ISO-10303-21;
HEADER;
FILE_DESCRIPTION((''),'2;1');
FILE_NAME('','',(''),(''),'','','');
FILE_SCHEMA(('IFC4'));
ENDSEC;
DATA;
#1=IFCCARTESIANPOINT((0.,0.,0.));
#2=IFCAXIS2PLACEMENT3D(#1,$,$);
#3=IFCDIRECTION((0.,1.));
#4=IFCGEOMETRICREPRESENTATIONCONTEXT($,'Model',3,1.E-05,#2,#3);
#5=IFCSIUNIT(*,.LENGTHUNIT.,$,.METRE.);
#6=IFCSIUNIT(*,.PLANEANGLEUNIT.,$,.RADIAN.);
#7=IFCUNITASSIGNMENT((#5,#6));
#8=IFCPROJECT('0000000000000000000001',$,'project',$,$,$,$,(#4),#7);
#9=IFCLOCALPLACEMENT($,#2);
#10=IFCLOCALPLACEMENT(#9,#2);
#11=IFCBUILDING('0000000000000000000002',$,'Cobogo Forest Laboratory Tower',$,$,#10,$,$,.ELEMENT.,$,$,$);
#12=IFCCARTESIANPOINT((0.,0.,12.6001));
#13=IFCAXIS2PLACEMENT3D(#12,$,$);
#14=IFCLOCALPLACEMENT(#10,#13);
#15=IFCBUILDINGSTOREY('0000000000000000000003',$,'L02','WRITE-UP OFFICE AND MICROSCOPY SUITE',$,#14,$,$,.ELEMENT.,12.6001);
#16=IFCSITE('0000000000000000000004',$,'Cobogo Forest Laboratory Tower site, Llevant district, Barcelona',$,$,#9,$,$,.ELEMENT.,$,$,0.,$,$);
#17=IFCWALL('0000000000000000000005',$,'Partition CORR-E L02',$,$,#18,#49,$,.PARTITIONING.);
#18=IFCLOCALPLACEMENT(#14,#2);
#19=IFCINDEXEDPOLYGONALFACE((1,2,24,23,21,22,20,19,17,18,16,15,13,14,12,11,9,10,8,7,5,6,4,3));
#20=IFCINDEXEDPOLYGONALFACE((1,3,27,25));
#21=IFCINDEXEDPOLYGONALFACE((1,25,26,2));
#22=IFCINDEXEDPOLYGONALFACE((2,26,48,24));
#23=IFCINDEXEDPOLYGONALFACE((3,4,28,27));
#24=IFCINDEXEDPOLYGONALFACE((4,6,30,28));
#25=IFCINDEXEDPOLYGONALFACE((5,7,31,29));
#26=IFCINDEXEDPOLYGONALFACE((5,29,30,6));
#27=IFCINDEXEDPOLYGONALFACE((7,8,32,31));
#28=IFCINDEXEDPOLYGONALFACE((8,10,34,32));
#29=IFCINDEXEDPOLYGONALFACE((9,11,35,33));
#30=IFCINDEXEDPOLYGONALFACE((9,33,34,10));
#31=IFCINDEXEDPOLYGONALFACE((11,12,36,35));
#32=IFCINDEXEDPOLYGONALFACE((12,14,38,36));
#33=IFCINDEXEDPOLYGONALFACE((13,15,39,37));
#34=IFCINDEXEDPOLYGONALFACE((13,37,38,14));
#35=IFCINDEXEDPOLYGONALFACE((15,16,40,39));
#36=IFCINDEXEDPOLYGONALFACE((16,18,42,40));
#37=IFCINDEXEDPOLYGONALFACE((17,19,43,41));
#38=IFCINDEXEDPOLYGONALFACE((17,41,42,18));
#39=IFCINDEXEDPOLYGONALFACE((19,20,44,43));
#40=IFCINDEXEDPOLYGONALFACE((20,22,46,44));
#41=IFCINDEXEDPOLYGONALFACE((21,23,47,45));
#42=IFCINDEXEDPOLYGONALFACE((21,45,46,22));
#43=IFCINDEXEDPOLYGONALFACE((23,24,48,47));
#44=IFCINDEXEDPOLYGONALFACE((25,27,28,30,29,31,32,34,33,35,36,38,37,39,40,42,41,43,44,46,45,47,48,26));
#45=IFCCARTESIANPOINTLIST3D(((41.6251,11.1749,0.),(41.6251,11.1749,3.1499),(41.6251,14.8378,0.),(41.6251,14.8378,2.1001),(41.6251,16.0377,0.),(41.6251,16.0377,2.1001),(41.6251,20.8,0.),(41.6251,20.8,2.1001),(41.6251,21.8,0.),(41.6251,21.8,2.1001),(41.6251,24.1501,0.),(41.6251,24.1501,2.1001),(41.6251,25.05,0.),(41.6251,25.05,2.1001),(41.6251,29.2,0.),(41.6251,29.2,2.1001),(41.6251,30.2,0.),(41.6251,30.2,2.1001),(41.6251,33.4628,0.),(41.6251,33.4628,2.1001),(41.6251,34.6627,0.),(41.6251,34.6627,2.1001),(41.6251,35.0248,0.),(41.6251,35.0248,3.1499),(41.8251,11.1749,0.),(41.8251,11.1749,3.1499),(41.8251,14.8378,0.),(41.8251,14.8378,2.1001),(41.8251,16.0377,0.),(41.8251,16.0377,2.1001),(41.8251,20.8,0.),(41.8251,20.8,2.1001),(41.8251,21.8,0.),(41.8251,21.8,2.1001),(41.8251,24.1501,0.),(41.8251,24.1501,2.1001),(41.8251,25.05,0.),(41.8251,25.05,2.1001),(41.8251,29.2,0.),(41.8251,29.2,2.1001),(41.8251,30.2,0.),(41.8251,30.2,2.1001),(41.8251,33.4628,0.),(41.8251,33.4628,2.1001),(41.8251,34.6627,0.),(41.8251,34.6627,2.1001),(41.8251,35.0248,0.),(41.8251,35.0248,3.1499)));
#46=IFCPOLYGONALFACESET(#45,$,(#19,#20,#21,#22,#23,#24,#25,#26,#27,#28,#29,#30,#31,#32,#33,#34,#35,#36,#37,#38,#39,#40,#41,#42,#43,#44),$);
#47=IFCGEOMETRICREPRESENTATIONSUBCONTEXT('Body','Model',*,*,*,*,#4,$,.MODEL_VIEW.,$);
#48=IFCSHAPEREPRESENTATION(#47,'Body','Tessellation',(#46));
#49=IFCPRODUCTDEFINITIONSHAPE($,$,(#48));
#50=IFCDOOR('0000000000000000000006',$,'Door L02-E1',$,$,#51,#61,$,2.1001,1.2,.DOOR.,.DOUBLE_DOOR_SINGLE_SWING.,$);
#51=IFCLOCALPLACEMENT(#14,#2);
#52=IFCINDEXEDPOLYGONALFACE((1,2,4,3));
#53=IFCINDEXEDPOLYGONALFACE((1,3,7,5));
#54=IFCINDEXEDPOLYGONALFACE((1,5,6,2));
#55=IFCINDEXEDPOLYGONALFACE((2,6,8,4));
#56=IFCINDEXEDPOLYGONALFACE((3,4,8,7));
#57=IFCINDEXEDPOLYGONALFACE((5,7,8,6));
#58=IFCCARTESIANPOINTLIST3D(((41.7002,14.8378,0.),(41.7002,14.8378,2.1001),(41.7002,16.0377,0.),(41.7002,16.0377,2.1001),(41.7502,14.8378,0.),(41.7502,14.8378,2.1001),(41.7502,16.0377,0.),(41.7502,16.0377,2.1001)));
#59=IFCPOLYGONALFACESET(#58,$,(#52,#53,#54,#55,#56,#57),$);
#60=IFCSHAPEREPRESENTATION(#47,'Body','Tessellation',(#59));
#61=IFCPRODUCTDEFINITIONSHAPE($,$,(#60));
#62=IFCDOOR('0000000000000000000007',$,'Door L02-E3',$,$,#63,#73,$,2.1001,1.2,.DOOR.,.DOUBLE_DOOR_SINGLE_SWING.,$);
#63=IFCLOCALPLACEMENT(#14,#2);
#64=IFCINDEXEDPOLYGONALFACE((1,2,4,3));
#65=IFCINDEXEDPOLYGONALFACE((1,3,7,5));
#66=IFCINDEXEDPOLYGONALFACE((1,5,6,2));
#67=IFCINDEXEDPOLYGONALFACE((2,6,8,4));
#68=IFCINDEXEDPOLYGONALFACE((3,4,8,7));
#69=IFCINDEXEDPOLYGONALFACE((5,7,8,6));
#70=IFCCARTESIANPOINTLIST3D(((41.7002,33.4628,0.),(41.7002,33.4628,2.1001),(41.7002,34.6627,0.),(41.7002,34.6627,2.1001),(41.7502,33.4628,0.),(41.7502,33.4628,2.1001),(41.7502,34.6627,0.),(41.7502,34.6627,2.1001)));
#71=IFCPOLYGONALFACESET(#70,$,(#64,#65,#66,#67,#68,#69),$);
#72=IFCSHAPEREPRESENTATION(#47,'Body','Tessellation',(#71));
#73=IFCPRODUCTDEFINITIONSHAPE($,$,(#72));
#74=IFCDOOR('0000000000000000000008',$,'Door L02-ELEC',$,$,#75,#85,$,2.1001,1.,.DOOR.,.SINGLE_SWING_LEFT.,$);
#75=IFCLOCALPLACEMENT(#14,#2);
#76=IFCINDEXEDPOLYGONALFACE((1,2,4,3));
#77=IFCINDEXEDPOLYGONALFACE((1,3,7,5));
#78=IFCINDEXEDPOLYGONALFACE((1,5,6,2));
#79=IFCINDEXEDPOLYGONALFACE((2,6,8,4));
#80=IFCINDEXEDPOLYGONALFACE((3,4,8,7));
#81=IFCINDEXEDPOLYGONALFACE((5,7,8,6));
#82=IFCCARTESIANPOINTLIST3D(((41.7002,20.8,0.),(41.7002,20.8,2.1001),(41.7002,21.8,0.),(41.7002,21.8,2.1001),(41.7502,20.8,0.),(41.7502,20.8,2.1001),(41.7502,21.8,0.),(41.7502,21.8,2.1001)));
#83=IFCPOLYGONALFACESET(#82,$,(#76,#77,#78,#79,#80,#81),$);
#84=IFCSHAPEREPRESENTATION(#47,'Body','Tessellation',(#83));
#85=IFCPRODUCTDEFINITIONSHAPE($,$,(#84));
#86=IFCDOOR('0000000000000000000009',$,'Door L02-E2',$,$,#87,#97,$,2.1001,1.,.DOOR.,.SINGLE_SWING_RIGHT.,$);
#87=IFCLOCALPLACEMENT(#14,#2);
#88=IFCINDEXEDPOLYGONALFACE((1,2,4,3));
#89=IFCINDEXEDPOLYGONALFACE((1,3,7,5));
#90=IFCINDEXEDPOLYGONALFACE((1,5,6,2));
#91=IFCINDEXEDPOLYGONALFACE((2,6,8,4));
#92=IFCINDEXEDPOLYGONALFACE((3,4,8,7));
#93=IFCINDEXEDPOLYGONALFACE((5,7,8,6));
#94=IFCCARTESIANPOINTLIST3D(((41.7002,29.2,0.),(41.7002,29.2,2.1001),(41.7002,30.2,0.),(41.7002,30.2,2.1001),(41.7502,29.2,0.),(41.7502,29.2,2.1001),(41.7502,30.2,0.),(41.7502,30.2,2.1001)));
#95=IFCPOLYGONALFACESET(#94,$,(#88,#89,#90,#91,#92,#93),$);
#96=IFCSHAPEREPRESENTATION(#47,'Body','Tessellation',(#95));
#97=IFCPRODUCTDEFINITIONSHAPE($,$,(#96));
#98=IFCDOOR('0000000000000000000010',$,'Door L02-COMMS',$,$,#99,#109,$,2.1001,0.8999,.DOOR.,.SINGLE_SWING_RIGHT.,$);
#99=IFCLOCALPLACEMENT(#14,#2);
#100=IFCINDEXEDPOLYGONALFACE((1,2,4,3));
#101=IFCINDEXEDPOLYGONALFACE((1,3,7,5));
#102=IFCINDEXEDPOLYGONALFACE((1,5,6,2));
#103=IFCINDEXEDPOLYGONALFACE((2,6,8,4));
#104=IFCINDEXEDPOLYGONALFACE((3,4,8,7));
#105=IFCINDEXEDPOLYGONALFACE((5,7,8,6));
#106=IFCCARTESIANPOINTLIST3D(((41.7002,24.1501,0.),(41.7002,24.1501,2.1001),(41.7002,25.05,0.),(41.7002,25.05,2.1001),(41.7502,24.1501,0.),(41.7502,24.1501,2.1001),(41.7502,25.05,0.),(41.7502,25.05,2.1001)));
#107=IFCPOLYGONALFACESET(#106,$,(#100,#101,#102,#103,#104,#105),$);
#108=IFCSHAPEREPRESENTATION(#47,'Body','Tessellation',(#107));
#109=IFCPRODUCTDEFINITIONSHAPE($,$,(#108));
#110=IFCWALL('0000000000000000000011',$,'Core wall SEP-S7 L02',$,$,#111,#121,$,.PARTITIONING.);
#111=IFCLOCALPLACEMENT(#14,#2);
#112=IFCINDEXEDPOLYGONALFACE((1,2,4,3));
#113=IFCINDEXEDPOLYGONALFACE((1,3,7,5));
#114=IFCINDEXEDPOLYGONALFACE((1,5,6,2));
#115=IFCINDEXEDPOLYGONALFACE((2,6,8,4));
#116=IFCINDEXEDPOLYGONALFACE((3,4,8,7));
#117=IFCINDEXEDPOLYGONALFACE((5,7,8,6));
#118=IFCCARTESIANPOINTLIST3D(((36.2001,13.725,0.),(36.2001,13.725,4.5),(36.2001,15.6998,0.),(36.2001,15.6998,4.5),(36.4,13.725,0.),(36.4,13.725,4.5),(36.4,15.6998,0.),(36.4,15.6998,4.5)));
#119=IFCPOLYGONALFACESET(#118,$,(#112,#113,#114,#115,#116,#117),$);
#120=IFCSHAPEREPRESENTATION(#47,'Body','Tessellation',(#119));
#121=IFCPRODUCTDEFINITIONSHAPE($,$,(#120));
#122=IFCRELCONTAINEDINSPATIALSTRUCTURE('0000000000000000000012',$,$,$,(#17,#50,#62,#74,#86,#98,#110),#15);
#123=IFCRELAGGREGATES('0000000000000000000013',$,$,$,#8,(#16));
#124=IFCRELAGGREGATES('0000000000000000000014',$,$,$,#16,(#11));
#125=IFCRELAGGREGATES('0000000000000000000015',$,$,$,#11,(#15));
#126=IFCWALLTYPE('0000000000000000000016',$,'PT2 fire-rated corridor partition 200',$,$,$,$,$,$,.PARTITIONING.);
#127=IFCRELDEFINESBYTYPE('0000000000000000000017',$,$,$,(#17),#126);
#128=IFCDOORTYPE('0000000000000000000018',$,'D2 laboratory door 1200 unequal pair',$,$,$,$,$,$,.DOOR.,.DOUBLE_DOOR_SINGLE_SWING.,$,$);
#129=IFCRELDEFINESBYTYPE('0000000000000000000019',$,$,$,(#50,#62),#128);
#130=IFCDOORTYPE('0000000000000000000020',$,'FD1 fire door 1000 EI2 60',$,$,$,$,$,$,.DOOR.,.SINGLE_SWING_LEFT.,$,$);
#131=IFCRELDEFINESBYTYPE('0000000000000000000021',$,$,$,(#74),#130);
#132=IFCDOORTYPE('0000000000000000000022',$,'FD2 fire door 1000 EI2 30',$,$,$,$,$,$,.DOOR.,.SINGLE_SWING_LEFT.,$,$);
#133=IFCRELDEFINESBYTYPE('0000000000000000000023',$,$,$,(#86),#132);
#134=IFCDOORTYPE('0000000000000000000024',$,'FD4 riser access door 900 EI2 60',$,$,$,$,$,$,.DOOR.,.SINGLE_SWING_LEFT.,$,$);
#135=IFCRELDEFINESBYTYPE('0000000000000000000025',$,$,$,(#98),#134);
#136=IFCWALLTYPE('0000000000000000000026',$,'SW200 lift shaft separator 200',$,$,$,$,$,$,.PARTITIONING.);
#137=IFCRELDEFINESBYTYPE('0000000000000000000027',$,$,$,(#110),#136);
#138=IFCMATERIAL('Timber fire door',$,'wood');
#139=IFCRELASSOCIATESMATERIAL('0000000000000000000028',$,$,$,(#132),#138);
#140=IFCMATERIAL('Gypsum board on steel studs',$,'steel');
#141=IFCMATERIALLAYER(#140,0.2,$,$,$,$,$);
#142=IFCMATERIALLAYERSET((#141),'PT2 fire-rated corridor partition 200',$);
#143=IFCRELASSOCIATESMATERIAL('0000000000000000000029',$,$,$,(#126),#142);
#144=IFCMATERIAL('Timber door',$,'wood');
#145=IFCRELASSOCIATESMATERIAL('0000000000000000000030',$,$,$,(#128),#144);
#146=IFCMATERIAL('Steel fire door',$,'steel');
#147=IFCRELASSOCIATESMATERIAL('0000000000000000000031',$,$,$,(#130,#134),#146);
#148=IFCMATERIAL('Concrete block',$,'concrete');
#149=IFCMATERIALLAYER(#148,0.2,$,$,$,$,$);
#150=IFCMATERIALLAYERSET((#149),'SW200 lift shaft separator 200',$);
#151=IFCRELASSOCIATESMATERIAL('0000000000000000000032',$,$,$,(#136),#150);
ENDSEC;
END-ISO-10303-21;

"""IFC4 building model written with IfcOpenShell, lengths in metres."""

from ifc_helpers import new_model, si_unit, direction, frame, frame_2d, origin, place, context, subcontext, project, spatial, rectangle, extrude, material, layer, layer_set, type_object, element, fill, save


model = new_model("IFC4")

# Units and contexts
model_context = context("Model", 3, precision=1e-05, world=origin(), true_north=direction((0.0, 1.0)))
body_context = subcontext(model_context, "Body", "Model", "MODEL_VIEW")
ifc_project = project(units=[si_unit("LENGTHUNIT", "METRE"), si_unit("PLANEANGLEUNIT", "RADIAN")], contexts=[model_context])

# Site, building, storey
site_placement = place(None, origin())
site = spatial("IfcSite", under=ifc_project, at=site_placement, Name="Cobogo Forest Laboratory Tower site, Llevant district, Barcelona", CompositionType="ELEMENT", RefElevation=0.0)
building_placement = place(site_placement, origin())
building = spatial("IfcBuilding", under=site, at=building_placement, Name="Cobogo Forest Laboratory Tower", CompositionType="ELEMENT")
storey_placement = place(building_placement, frame((0.0, 0.0, 12.6001)))
storey = spatial("IfcBuildingStorey", under=building, at=storey_placement, Name="L02", Description="WRITE-UP OFFICE AND MICROSCOPY SUITE", CompositionType="ELEMENT", Elevation=12.6001)

# Shared definitions
ifc_material_1 = material(Name="Steel fire door", Category="steel")

# Shared definitions
ifc_material_2 = material(Name="Gypsum board on steel studs", Category="steel")

# Shared definitions
ifc_material_3 = material(Name="Timber fire door", Category="wood")
door_type_1 = type_object("IfcDoorType", Name="FD2 fire door 1000 EI2 30", OperationType="SINGLE_SWING_LEFT", PredefinedType="DOOR", material=ifc_material_3)

# Wall, openings, doors
ifc_layer_1 = layer(ifc_material_2, 0.2)
ifc_layer_set_1 = layer_set([ifc_layer_1], Name="PT2 fire-rated corridor partition 200")
wall_type_1 = type_object("IfcWallType", Name="PT2 fire-rated corridor partition 200", PredefinedType="PARTITIONING", material=ifc_layer_set_1)
wall_1_placement = place(storey_placement, frame((41.7251, 11.175, 0.0), z_axis=(0.0, 0.0, 1.0), x_axis=(0.0, 1.0, 0.0)))
wall_1 = element("IfcWall", 1, at=wall_1_placement, inside=storey, type_object=wall_type_1, Name="Partition CORR-E L02", PredefinedType="PARTITIONING", context=body_context, shape_type="SweptSolid", body=[
    extrude(rectangle(XDim=23.8499, YDim=0.2, at=frame_2d((11.9248, 0.0))), origin(), (0.0, 0.0, 1.0), 3.1499),
])
opening_1_placement = place(wall_1_placement, frame((3.6626, 0.0, 0.0)))
opening_1 = element("IfcOpeningElement", 2, at=opening_1_placement, cuts=wall_1, PredefinedType="OPENING", context=body_context, shape_type="SweptSolid", body=[
    extrude(rectangle(XDim=1.2, YDim=2.1001, at=frame_2d((0.6001, 1.05))), frame((0.0, 0.1099, 0.0), z_axis=(0.0, -1.0, 0.0), x_axis=(1.0, 0.0, 0.0)), (0.0, 0.0, 1.0), 0.22),
])
opening_2_placement = place(wall_1_placement, frame((9.625, 0.0, 0.0)))
opening_2 = element("IfcOpeningElement", 3, at=opening_2_placement, cuts=wall_1, PredefinedType="OPENING", context=body_context, shape_type="SweptSolid", body=[
    extrude(rectangle(XDim=1.0, YDim=2.1001, at=frame_2d((0.5, 1.05))), frame((0.0, 0.1099, 0.0), z_axis=(0.0, -1.0, 0.0), x_axis=(1.0, 0.0, 0.0)), (0.0, 0.0, 1.0), 0.22),
])
opening_3_placement = place(wall_1_placement, frame((12.9751, 0.0, 0.0)))
opening_3 = element("IfcOpeningElement", 4, at=opening_3_placement, cuts=wall_1, PredefinedType="OPENING", context=body_context, shape_type="SweptSolid", body=[
    extrude(rectangle(XDim=0.8999, YDim=2.1001, at=frame_2d((0.45, 1.05))), frame((0.0, 0.1099, 0.0), z_axis=(0.0, -1.0, 0.0), x_axis=(1.0, 0.0, 0.0)), (0.0, 0.0, 1.0), 0.22),
])
opening_4_placement = place(wall_1_placement, frame((18.0249, 0.0, 0.0)))
opening_4 = element("IfcOpeningElement", 5, at=opening_4_placement, cuts=wall_1, PredefinedType="OPENING", context=body_context, shape_type="SweptSolid", body=[
    extrude(rectangle(XDim=1.0, YDim=2.1001, at=frame_2d((0.5, 1.05))), frame((0.0, 0.1099, 0.0), z_axis=(0.0, -1.0, 0.0), x_axis=(1.0, 0.0, 0.0)), (0.0, 0.0, 1.0), 0.22),
])
opening_5_placement = place(wall_1_placement, frame((22.2876, 0.0, 0.0)))
opening_5 = element("IfcOpeningElement", 6, at=opening_5_placement, cuts=wall_1, PredefinedType="OPENING", context=body_context, shape_type="SweptSolid", body=[
    extrude(rectangle(XDim=1.2, YDim=2.1001, at=frame_2d((0.6001, 1.05))), frame((0.0, 0.1099, 0.0), z_axis=(0.0, -1.0, 0.0), x_axis=(1.0, 0.0, 0.0)), (0.0, 0.0, 1.0), 0.22),
])
ifc_material_4 = material(Name="Timber door", Category="wood")
door_type_2 = type_object("IfcDoorType", Name="D2 laboratory door 1200 unequal pair", OperationType="DOUBLE_DOOR_SINGLE_SWING", PredefinedType="DOOR", material=ifc_material_4)
door_1_placement = place(opening_1_placement, origin())
door_1 = element("IfcDoor", 7, at=door_1_placement, inside=storey, type_object=door_type_2, Name="Door L02-E1", OperationType="DOUBLE_DOOR_SINGLE_SWING", OverallHeight=2.1001, OverallWidth=1.2, PredefinedType="DOOR", context=body_context, shape_type="SweptSolid", body=[
    extrude(rectangle(XDim=1.2, YDim=2.1001, at=frame_2d((0.6001, 1.05))), frame((0.0, 0.0249, 0.0), z_axis=(0.0, -1.0, 0.0), x_axis=(1.0, 0.0, 0.0)), (0.0, 0.0, 1.0), 0.05),
])
fill(opening_1, door_1)
door_2_placement = place(opening_5_placement, origin())
door_2 = element("IfcDoor", 8, at=door_2_placement, inside=storey, type_object=door_type_2, Name="Door L02-E3", OperationType="DOUBLE_DOOR_SINGLE_SWING", OverallHeight=2.1001, OverallWidth=1.2, PredefinedType="DOOR", context=body_context, shape_type="SweptSolid", body=[
    extrude(rectangle(XDim=1.2, YDim=2.1001, at=frame_2d((0.6001, 1.05))), frame((0.0, 0.0249, 0.0), z_axis=(0.0, -1.0, 0.0), x_axis=(1.0, 0.0, 0.0)), (0.0, 0.0, 1.0), 0.05),
])
fill(opening_5, door_2)
door_type_3 = type_object("IfcDoorType", Name="FD1 fire door 1000 EI2 60", OperationType="SINGLE_SWING_LEFT", PredefinedType="DOOR", material=ifc_material_1)
door_3_placement = place(opening_2_placement, origin())
door_3 = element("IfcDoor", 9, at=door_3_placement, inside=storey, type_object=door_type_3, Name="Door L02-ELEC", OperationType="SINGLE_SWING_LEFT", OverallHeight=2.1001, OverallWidth=1.0, PredefinedType="DOOR", context=body_context, shape_type="SweptSolid", body=[
    extrude(rectangle(XDim=1.0, YDim=2.1001, at=frame_2d((0.5, 1.05))), frame((0.0, 0.0249, 0.0), z_axis=(0.0, -1.0, 0.0), x_axis=(1.0, 0.0, 0.0)), (0.0, 0.0, 1.0), 0.05),
])
fill(opening_2, door_3)
door_4_placement = place(opening_4_placement, origin())
door_4 = element("IfcDoor", 10, at=door_4_placement, inside=storey, type_object=door_type_1, Name="Door L02-E2", OperationType="SINGLE_SWING_RIGHT", OverallHeight=2.1001, OverallWidth=1.0, PredefinedType="DOOR", context=body_context, shape_type="SweptSolid", body=[
    extrude(rectangle(XDim=1.0, YDim=2.1001, at=frame_2d((0.5, 1.05))), frame((0.0, 0.0249, 0.0), z_axis=(0.0, -1.0, 0.0), x_axis=(1.0, 0.0, 0.0)), (0.0, 0.0, 1.0), 0.05),
])
fill(opening_4, door_4)
door_type_4 = type_object("IfcDoorType", Name="FD4 riser access door 900 EI2 60", OperationType="SINGLE_SWING_LEFT", PredefinedType="DOOR", material=ifc_material_1)
door_5_placement = place(opening_3_placement, origin())
door_5 = element("IfcDoor", 11, at=door_5_placement, inside=storey, type_object=door_type_4, Name="Door L02-COMMS", OperationType="SINGLE_SWING_RIGHT", OverallHeight=2.1001, OverallWidth=0.8999, PredefinedType="DOOR", context=body_context, shape_type="SweptSolid", body=[
    extrude(rectangle(XDim=0.8999, YDim=2.1001, at=frame_2d((0.45, 1.05))), frame((0.0, 0.0249, 0.0), z_axis=(0.0, -1.0, 0.0), x_axis=(1.0, 0.0, 0.0)), (0.0, 0.0, 1.0), 0.05),
])
fill(opening_3, door_5)

# Wall
ifc_material_5 = material(Name="Concrete block", Category="concrete")
ifc_layer_2 = layer(ifc_material_5, 0.2)
ifc_layer_set_2 = layer_set([ifc_layer_2], Name="SW200 lift shaft separator 200")
wall_type_2 = type_object("IfcWallType", Name="SW200 lift shaft separator 200", PredefinedType="PARTITIONING", material=ifc_layer_set_2)
wall_2_placement = place(storey_placement, frame((36.3, 13.7251, 0.0), z_axis=(0.0, 0.0, 1.0), x_axis=(0.0, 1.0, 0.0)))
element("IfcWall", 12, at=wall_2_placement, inside=storey, type_object=wall_type_2, Name="Core wall SEP-S7 L02", PredefinedType="PARTITIONING", context=body_context, shape_type="SweptSolid", body=[
    extrude(rectangle(XDim=1.9749, YDim=0.2, at=frame_2d((0.9873, 0.0))), origin(), (0.0, 0.0, 1.0), 4.5),
])

save(model, "model.ifc")
